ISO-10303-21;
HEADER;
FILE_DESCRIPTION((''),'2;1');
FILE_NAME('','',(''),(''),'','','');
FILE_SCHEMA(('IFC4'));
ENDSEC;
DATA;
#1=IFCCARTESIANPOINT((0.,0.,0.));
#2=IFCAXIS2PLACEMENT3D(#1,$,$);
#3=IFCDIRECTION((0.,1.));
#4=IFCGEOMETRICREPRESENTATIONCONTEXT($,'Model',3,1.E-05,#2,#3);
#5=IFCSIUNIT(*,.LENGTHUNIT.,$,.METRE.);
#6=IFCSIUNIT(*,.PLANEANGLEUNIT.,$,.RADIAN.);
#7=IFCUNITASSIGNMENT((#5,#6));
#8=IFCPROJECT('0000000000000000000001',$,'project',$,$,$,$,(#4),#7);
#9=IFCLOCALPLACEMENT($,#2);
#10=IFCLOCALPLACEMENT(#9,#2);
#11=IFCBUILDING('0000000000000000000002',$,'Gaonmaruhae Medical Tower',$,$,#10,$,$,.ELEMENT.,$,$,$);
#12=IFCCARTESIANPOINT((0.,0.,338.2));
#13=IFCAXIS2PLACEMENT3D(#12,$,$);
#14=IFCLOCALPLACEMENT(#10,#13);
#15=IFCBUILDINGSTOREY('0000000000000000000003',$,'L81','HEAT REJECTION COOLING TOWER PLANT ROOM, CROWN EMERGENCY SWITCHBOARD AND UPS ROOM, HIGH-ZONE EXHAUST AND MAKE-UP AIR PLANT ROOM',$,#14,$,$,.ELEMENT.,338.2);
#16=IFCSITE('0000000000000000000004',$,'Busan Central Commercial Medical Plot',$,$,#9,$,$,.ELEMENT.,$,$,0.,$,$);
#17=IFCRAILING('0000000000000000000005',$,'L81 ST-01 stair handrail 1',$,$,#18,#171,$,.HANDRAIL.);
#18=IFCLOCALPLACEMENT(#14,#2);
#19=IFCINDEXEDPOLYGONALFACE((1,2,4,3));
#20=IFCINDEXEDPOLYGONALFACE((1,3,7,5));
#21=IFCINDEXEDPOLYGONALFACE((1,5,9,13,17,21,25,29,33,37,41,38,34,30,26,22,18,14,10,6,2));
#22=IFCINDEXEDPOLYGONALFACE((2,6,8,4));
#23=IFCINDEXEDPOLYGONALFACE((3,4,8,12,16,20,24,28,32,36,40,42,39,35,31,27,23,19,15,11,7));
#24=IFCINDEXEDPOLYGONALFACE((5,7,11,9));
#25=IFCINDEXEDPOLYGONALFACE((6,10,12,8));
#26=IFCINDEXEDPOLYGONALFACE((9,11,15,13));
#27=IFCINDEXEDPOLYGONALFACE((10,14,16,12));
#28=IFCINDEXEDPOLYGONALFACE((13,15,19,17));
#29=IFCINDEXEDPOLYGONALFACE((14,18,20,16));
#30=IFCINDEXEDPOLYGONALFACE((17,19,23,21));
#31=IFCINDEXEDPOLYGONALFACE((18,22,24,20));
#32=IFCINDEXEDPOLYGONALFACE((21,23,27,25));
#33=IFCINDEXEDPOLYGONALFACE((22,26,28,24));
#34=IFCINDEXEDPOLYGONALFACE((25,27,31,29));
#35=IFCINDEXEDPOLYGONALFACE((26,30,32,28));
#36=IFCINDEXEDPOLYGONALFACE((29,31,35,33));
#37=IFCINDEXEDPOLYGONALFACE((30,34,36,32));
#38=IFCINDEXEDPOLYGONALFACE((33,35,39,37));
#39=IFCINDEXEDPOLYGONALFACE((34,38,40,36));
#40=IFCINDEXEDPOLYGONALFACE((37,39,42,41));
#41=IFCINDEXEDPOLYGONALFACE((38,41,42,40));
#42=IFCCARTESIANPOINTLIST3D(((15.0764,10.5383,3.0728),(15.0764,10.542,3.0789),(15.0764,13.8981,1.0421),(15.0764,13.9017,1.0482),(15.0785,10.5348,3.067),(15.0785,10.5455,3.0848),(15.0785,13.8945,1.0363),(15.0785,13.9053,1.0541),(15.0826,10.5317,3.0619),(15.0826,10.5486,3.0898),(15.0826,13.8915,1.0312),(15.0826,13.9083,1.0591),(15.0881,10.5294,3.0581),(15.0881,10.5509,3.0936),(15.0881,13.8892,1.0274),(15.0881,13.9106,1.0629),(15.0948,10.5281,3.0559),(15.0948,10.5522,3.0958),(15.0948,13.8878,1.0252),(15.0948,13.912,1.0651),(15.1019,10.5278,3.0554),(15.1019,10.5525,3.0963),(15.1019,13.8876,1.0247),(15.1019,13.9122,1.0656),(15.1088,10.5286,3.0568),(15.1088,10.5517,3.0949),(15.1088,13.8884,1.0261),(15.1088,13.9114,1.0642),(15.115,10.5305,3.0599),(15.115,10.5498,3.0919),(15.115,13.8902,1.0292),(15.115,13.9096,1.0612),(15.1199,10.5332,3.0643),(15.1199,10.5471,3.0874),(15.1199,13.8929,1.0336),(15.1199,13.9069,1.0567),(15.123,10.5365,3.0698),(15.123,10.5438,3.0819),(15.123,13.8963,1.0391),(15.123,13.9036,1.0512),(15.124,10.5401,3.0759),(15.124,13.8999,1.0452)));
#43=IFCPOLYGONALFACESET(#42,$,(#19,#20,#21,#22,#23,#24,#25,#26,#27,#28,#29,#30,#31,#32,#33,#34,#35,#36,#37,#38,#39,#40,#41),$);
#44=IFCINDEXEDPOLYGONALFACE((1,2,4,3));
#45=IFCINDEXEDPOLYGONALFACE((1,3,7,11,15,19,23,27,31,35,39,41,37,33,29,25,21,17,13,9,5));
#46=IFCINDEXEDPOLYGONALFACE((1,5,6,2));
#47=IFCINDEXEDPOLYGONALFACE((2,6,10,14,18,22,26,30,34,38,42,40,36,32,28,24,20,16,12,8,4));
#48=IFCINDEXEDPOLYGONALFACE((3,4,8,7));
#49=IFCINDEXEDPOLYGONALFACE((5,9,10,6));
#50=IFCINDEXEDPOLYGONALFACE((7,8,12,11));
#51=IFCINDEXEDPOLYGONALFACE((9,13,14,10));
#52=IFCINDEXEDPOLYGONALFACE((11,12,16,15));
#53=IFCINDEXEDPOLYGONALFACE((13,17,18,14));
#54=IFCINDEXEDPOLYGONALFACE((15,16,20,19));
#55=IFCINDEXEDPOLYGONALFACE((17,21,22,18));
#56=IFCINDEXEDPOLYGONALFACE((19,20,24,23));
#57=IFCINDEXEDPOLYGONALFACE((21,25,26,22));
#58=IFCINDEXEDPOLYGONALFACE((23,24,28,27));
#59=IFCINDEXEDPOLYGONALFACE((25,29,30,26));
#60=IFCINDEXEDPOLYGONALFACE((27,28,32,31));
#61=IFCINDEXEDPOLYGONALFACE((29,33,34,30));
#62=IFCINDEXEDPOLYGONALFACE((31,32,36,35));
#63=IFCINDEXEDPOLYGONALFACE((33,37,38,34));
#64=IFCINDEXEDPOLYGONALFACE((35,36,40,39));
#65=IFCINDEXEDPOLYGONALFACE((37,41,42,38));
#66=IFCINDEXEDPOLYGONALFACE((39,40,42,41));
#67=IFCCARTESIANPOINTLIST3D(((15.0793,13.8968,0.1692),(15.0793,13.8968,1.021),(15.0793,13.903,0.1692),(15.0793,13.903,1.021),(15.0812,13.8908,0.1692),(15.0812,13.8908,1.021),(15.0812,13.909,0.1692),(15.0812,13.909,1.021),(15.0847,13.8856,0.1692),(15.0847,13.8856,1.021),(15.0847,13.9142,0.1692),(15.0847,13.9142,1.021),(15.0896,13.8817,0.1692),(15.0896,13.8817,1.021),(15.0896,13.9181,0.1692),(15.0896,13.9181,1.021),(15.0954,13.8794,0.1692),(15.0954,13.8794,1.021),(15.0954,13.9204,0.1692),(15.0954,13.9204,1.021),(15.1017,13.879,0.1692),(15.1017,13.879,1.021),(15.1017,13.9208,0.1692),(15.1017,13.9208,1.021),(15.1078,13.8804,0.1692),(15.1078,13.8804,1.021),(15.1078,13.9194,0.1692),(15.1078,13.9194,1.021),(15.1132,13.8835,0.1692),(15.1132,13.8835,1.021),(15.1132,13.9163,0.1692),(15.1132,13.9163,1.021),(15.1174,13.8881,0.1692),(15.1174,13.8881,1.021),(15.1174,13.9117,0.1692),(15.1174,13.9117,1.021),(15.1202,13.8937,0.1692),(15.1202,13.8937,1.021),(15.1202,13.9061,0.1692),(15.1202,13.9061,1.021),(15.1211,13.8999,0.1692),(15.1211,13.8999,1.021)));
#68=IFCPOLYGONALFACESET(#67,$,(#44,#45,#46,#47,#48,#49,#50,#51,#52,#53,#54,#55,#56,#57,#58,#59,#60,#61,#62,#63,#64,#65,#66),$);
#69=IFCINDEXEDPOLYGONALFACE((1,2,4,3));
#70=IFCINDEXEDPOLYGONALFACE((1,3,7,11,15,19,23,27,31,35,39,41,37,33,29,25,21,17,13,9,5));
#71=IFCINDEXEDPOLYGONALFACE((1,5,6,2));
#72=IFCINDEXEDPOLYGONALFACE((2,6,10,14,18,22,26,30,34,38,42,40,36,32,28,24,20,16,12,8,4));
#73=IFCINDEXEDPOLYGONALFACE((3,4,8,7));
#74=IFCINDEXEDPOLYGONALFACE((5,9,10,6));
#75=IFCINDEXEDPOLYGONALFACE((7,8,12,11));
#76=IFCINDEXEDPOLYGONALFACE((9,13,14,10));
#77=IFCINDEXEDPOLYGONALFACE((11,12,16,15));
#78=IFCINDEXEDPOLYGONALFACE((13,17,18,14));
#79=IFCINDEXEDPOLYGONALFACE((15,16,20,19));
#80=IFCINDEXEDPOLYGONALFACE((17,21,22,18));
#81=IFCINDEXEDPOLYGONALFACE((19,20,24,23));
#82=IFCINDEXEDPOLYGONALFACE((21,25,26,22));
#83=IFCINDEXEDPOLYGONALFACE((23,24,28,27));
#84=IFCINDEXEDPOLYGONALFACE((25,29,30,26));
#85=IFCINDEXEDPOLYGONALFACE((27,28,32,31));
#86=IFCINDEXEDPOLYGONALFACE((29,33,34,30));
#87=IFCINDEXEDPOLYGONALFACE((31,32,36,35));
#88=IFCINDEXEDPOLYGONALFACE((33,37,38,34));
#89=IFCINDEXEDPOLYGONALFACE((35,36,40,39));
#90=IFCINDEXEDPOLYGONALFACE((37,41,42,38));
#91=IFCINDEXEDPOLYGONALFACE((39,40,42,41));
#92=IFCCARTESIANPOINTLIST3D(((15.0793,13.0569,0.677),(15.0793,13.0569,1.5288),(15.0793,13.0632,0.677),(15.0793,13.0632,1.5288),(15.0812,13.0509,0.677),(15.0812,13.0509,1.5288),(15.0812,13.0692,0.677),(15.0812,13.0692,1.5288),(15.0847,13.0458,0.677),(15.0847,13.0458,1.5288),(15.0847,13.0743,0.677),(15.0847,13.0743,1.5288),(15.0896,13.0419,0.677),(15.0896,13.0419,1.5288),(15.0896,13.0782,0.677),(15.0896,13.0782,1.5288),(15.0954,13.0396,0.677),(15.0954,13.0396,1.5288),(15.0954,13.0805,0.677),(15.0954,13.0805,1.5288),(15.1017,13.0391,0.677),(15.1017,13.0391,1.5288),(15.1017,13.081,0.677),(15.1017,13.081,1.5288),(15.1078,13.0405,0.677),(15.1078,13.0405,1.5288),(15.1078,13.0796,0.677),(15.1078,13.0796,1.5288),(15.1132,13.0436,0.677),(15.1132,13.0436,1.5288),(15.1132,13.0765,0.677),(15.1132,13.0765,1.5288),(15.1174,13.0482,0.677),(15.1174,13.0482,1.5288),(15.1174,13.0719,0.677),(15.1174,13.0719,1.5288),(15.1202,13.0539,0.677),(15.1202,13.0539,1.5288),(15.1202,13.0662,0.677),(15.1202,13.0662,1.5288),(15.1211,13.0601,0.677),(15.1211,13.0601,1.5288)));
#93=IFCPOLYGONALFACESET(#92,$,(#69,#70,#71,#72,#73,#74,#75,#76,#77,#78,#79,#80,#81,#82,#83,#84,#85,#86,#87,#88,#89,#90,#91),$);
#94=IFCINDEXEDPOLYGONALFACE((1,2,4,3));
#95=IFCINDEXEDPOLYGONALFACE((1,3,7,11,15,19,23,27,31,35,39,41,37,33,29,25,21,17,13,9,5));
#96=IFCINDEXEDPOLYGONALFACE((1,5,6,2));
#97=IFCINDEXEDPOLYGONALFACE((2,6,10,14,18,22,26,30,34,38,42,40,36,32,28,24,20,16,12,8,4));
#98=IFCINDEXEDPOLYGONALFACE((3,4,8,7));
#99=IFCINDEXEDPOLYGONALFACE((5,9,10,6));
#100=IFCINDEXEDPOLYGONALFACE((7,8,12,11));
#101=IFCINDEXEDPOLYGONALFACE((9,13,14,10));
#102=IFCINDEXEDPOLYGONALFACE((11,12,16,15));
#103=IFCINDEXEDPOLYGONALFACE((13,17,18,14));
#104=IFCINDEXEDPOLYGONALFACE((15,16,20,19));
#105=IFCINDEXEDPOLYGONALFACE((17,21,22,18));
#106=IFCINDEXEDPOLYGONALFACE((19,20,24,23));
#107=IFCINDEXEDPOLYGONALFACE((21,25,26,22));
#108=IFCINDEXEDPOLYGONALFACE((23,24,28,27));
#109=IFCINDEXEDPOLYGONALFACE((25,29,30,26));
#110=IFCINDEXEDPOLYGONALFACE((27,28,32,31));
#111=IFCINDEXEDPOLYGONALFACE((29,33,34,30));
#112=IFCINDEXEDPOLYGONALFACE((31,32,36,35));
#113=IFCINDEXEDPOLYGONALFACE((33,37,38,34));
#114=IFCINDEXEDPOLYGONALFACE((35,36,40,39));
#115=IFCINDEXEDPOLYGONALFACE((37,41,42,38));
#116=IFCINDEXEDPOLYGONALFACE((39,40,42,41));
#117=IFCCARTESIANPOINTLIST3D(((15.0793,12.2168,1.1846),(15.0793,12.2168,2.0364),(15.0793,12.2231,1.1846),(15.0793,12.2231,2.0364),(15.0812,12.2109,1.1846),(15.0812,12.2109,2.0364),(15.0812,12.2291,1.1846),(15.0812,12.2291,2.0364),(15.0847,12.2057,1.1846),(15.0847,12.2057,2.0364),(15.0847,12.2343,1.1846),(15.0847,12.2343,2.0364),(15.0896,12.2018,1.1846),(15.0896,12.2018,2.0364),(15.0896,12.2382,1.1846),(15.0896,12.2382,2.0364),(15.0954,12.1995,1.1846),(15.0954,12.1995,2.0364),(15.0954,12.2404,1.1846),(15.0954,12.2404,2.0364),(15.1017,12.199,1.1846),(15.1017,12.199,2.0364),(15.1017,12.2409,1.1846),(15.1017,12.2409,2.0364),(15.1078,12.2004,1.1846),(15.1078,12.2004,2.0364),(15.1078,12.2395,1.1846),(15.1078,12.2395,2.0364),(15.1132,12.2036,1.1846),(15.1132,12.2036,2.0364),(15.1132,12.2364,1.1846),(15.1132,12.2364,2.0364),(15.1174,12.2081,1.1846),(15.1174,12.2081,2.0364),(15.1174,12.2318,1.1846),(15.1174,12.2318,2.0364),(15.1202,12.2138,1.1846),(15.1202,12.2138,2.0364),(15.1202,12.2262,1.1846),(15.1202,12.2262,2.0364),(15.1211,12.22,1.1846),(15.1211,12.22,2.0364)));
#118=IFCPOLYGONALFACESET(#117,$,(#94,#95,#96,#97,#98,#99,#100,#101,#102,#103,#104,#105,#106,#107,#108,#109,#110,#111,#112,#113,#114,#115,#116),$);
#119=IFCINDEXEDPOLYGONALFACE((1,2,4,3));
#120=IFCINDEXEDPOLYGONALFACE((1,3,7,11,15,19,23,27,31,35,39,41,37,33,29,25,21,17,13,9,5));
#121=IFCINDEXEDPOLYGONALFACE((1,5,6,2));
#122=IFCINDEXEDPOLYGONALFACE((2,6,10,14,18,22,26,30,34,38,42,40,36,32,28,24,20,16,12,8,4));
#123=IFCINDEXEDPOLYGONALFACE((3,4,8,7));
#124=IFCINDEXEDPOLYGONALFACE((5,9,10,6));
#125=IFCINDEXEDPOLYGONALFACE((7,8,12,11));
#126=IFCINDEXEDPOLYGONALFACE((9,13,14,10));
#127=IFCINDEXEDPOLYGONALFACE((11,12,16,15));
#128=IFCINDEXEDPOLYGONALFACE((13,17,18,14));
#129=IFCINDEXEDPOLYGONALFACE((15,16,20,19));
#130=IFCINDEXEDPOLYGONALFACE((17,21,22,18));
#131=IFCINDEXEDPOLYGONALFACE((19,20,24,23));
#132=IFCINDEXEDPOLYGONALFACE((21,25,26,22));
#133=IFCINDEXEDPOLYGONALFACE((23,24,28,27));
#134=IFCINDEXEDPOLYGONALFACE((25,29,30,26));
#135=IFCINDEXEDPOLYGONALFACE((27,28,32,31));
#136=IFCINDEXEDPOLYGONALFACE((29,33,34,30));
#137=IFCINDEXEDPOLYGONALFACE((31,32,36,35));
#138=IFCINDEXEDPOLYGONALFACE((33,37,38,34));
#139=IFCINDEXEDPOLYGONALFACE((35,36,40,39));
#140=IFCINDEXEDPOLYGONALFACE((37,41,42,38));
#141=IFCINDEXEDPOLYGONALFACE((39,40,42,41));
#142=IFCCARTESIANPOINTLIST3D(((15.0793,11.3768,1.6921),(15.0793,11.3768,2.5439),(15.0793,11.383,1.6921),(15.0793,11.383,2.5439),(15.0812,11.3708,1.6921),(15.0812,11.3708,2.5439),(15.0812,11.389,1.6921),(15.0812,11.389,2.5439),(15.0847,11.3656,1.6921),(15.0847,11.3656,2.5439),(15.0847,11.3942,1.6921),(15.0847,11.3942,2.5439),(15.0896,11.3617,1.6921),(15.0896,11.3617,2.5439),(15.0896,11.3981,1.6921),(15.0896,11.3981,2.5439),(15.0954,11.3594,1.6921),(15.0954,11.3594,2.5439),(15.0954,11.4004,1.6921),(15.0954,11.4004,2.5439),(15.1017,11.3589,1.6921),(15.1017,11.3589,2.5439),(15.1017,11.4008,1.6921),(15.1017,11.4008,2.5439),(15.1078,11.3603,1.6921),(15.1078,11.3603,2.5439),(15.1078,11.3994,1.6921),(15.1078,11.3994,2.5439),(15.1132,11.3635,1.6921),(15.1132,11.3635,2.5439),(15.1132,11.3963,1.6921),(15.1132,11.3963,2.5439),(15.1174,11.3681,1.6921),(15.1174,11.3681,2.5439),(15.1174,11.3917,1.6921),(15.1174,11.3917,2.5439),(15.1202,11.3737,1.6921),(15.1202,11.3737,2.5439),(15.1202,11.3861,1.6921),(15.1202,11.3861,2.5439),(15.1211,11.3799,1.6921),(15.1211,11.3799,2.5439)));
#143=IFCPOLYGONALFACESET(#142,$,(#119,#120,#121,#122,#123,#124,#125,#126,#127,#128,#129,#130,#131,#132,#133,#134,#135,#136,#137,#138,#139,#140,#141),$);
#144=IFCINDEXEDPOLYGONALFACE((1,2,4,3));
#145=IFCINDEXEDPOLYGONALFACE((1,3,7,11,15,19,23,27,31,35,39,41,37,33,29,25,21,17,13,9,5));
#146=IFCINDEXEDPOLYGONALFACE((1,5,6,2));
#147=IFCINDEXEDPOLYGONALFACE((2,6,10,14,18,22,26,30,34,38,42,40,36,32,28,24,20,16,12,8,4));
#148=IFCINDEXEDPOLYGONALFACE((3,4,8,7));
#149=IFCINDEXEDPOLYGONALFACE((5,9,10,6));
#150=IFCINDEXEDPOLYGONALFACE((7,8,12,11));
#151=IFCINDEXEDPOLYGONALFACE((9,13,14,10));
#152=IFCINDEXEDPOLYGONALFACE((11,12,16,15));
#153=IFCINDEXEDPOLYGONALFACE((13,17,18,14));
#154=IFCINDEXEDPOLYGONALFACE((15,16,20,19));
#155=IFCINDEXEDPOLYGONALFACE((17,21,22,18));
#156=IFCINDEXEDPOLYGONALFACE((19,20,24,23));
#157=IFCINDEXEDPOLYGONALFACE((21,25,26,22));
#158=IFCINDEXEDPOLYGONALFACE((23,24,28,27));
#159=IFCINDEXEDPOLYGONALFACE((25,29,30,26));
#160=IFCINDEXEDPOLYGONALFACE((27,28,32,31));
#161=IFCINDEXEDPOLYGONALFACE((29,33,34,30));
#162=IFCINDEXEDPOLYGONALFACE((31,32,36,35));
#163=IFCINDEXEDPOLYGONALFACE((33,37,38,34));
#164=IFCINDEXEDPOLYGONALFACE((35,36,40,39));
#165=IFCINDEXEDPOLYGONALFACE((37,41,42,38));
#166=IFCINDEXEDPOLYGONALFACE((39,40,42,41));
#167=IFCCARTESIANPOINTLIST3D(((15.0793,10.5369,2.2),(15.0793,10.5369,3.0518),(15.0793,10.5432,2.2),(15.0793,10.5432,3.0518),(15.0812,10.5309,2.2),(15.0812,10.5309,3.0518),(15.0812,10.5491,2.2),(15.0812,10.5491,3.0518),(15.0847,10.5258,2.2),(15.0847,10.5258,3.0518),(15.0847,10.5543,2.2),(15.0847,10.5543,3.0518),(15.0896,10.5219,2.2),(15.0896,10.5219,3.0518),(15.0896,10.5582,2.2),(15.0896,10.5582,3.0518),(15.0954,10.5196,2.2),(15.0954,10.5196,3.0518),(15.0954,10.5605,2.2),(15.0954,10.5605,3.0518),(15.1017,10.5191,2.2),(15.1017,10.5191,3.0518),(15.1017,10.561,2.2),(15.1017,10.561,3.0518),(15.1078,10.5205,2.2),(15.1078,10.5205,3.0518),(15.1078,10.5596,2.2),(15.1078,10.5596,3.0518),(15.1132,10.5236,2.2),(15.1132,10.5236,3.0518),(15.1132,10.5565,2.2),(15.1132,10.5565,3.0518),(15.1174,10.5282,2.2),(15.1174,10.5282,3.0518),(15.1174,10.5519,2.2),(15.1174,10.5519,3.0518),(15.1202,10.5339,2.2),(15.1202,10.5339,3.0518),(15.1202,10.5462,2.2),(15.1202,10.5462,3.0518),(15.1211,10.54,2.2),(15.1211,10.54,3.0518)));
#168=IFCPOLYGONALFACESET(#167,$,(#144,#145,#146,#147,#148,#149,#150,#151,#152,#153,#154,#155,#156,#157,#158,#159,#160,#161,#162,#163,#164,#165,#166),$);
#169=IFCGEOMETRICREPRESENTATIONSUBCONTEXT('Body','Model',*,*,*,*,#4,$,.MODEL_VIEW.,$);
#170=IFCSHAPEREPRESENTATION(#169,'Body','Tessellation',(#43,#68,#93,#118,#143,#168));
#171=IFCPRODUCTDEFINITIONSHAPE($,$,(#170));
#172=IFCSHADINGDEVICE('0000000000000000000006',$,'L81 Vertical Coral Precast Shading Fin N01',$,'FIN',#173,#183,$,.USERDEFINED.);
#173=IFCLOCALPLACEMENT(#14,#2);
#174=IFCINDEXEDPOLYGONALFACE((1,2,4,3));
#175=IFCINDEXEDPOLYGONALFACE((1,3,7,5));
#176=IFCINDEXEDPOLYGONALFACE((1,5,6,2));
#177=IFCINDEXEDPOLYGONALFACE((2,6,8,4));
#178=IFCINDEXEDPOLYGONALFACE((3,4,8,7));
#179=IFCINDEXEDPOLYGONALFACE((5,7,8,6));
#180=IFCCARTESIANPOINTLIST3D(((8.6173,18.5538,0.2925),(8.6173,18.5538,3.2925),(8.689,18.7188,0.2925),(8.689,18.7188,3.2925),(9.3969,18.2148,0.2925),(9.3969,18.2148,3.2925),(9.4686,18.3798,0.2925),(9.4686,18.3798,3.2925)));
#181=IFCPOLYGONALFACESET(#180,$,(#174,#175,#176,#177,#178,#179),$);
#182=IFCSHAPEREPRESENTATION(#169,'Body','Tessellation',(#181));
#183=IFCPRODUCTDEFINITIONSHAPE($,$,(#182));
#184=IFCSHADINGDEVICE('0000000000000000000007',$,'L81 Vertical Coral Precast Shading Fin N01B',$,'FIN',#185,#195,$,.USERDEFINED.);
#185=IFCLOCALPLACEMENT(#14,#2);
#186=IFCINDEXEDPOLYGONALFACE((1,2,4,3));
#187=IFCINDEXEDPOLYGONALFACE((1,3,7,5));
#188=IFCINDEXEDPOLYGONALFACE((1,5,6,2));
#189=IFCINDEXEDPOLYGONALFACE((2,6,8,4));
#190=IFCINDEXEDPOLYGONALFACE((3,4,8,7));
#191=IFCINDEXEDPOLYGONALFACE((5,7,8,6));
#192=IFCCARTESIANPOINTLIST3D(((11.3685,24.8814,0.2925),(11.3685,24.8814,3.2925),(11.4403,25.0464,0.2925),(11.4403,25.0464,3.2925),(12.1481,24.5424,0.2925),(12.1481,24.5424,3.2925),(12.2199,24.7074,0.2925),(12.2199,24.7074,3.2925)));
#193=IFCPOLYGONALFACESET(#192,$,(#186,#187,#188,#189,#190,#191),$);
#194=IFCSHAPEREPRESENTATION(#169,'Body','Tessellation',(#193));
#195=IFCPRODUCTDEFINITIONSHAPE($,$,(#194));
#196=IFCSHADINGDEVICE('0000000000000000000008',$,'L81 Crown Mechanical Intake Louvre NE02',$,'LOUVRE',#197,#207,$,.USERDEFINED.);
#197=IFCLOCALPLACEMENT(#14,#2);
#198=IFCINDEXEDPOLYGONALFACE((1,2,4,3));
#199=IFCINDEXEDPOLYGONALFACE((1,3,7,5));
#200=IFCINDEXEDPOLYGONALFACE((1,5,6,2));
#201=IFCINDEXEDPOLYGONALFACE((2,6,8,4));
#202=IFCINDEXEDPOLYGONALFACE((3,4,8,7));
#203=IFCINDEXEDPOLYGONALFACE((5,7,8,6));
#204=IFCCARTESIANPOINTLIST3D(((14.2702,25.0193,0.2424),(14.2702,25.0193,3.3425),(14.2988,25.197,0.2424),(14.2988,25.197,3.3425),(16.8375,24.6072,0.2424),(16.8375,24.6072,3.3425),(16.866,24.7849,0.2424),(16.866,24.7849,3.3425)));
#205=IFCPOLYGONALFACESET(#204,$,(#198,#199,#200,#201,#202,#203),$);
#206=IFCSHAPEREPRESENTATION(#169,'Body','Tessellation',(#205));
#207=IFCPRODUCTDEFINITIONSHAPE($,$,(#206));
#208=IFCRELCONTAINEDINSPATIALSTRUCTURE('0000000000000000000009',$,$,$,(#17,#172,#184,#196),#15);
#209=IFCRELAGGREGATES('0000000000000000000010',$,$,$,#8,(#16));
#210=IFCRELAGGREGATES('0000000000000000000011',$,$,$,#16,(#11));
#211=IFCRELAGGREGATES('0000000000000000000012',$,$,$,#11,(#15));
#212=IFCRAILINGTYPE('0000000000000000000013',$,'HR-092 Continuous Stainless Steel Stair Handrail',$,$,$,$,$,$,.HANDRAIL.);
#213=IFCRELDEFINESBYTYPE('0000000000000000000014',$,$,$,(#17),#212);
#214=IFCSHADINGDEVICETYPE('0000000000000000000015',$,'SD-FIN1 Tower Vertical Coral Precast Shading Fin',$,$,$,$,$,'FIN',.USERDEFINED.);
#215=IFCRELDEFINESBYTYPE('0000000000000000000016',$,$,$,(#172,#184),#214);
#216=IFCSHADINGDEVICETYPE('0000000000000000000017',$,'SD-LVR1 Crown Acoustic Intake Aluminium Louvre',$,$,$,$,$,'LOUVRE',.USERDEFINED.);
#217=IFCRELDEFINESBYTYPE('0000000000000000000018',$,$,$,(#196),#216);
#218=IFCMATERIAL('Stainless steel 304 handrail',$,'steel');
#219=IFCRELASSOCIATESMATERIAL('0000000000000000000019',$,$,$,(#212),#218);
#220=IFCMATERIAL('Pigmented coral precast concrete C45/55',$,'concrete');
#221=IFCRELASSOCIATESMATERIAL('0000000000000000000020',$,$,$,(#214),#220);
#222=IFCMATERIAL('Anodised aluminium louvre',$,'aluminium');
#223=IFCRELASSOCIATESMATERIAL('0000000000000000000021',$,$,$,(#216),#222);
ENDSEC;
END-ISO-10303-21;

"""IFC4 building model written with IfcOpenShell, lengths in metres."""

from ifc_helpers import new_model, si_unit, direction, frame, origin, origin_2d, place, context, subcontext, project, spatial, rectangle, circle, extrude, material, type_object, element, save


model = new_model("IFC4")

# Units and contexts
model_context = context("Model", 3, precision=1e-05, world=origin(), true_north=direction((0.0, 1.0)))
body_context = subcontext(model_context, "Body", "Model", "MODEL_VIEW")
ifc_project = project(units=[si_unit("LENGTHUNIT", "METRE"), si_unit("PLANEANGLEUNIT", "RADIAN")], contexts=[model_context])

# Site, building, storey
site_placement = place(None, origin())
site = spatial("IfcSite", under=ifc_project, at=site_placement, Name="Busan Central Commercial Medical Plot", CompositionType="ELEMENT", RefElevation=0.0)
building_placement = place(site_placement, origin())
building = spatial("IfcBuilding", under=site, at=building_placement, Name="Gaonmaruhae Medical Tower", CompositionType="ELEMENT")
storey_placement = place(building_placement, frame((0.0, 0.0, 338.2)))
storey = spatial("IfcBuildingStorey", under=building, at=storey_placement, Name="L81", Description="HEAT REJECTION COOLING TOWER PLANT ROOM, CROWN EMERGENCY SWITCHBOARD AND UPS ROOM, HIGH-ZONE EXHAUST AND MAKE-UP AIR PLANT ROOM", CompositionType="ELEMENT", Elevation=338.2)

# Railing
ifc_material_1 = material(Name="Stainless steel 304 handrail", Category="steel")
railing_type_1 = type_object("IfcRailingType", Name="HR-092 Continuous Stainless Steel Stair Handrail", PredefinedType="HANDRAIL", material=ifc_material_1)
railing_1_placement = place(storey_placement, frame((15.1001, 13.8999, 0.1692)))
element("IfcRailing", 1, at=railing_1_placement, inside=storey, type_object=railing_type_1, Name="L81 ST-01 stair handrail 1", PredefinedType="HANDRAIL", context=body_context, shape_type="SweptSolid", body=[
    extrude(circle(Radius=0.0239, at=origin_2d()), frame((0.0, 0.0, 0.876), z_axis=(0.0, -0.85582, 0.517273), x_axis=(1.0, 0.0, 0.0)), (0.0, 0.0, 1.0), 3.9258),
    extrude(circle(Radius=0.021, at=origin_2d()), origin(), (0.0, 0.0, 1.0), 0.8518),
    extrude(circle(Radius=0.021, at=origin_2d()), frame((0.0, -0.8398, 0.5078)), (0.0, 0.0, 1.0), 0.8518),
    extrude(circle(Radius=0.021, at=origin_2d()), frame((0.0, -1.6799, 1.0154)), (0.0, 0.0, 1.0), 0.8518),
    extrude(circle(Radius=0.021, at=origin_2d()), frame((0.0, -2.52, 1.5229)), (0.0, 0.0, 1.0), 0.8518),
    extrude(circle(Radius=0.021, at=origin_2d()), frame((0.0, -3.3599, 2.0308)), (0.0, 0.0, 1.0), 0.8518),
])

# Shading devices
ifc_material_2 = material(Name="Pigmented coral precast concrete C45/55", Category="concrete")
shading_device_type_1 = type_object("IfcShadingDeviceType", Name="SD-FIN1 Tower Vertical Coral Precast Shading Fin", ElementType="FIN", PredefinedType="USERDEFINED", material=ifc_material_2)
for number, where, z_axis, x_axis, name in (
    (2, (9.043, 18.4668, 0.2925), (0.0, 0.0, 1.0), (0.398749, 0.91706, 0.0), "L81 Vertical Coral Precast Shading Fin N01"),
    (3, (11.7942, 24.7944, 0.2925), (0.0, 0.0, 1.0), (0.398749, 0.91706, 0.0), "L81 Vertical Coral Precast Shading Fin N01B"),
):
    element("IfcShadingDevice", number, at=place(storey_placement, frame(where, z_axis=z_axis, x_axis=x_axis)), inside=storey, type_object=shading_device_type_1, Name=name, ObjectType="FIN", PredefinedType="USERDEFINED", context=body_context, shape_type="SweptSolid", body=[
        extrude(rectangle(XDim=0.1799, YDim=0.8501, at=origin_2d()), origin(), (0.0, 0.0, 1.0), 3.0),
    ])
ifc_material_3 = material(Name="Anodised aluminium louvre", Category="aluminium")
shading_device_type_2 = type_object("IfcShadingDeviceType", Name="SD-LVR1 Crown Acoustic Intake Aluminium Louvre", ElementType="LOUVRE", PredefinedType="USERDEFINED", material=ifc_material_3)
shading_device_placement = place(storey_placement, frame((15.5681, 24.9021, 0.2424), z_axis=(0.0, 0.0, 1.0), x_axis=(0.987361, -0.158485, 0.0)))
element("IfcShadingDevice", 4, at=shading_device_placement, inside=storey, type_object=shading_device_type_2, Name="L81 Crown Mechanical Intake Louvre NE02", ObjectType="LOUVRE", PredefinedType="USERDEFINED", context=body_context, shape_type="SweptSolid", body=[
    extrude(rectangle(XDim=2.6001, YDim=0.1799, at=origin_2d()), origin(), (0.0, 0.0, 1.0), 3.1001),
])

save(model, "model.ifc")
